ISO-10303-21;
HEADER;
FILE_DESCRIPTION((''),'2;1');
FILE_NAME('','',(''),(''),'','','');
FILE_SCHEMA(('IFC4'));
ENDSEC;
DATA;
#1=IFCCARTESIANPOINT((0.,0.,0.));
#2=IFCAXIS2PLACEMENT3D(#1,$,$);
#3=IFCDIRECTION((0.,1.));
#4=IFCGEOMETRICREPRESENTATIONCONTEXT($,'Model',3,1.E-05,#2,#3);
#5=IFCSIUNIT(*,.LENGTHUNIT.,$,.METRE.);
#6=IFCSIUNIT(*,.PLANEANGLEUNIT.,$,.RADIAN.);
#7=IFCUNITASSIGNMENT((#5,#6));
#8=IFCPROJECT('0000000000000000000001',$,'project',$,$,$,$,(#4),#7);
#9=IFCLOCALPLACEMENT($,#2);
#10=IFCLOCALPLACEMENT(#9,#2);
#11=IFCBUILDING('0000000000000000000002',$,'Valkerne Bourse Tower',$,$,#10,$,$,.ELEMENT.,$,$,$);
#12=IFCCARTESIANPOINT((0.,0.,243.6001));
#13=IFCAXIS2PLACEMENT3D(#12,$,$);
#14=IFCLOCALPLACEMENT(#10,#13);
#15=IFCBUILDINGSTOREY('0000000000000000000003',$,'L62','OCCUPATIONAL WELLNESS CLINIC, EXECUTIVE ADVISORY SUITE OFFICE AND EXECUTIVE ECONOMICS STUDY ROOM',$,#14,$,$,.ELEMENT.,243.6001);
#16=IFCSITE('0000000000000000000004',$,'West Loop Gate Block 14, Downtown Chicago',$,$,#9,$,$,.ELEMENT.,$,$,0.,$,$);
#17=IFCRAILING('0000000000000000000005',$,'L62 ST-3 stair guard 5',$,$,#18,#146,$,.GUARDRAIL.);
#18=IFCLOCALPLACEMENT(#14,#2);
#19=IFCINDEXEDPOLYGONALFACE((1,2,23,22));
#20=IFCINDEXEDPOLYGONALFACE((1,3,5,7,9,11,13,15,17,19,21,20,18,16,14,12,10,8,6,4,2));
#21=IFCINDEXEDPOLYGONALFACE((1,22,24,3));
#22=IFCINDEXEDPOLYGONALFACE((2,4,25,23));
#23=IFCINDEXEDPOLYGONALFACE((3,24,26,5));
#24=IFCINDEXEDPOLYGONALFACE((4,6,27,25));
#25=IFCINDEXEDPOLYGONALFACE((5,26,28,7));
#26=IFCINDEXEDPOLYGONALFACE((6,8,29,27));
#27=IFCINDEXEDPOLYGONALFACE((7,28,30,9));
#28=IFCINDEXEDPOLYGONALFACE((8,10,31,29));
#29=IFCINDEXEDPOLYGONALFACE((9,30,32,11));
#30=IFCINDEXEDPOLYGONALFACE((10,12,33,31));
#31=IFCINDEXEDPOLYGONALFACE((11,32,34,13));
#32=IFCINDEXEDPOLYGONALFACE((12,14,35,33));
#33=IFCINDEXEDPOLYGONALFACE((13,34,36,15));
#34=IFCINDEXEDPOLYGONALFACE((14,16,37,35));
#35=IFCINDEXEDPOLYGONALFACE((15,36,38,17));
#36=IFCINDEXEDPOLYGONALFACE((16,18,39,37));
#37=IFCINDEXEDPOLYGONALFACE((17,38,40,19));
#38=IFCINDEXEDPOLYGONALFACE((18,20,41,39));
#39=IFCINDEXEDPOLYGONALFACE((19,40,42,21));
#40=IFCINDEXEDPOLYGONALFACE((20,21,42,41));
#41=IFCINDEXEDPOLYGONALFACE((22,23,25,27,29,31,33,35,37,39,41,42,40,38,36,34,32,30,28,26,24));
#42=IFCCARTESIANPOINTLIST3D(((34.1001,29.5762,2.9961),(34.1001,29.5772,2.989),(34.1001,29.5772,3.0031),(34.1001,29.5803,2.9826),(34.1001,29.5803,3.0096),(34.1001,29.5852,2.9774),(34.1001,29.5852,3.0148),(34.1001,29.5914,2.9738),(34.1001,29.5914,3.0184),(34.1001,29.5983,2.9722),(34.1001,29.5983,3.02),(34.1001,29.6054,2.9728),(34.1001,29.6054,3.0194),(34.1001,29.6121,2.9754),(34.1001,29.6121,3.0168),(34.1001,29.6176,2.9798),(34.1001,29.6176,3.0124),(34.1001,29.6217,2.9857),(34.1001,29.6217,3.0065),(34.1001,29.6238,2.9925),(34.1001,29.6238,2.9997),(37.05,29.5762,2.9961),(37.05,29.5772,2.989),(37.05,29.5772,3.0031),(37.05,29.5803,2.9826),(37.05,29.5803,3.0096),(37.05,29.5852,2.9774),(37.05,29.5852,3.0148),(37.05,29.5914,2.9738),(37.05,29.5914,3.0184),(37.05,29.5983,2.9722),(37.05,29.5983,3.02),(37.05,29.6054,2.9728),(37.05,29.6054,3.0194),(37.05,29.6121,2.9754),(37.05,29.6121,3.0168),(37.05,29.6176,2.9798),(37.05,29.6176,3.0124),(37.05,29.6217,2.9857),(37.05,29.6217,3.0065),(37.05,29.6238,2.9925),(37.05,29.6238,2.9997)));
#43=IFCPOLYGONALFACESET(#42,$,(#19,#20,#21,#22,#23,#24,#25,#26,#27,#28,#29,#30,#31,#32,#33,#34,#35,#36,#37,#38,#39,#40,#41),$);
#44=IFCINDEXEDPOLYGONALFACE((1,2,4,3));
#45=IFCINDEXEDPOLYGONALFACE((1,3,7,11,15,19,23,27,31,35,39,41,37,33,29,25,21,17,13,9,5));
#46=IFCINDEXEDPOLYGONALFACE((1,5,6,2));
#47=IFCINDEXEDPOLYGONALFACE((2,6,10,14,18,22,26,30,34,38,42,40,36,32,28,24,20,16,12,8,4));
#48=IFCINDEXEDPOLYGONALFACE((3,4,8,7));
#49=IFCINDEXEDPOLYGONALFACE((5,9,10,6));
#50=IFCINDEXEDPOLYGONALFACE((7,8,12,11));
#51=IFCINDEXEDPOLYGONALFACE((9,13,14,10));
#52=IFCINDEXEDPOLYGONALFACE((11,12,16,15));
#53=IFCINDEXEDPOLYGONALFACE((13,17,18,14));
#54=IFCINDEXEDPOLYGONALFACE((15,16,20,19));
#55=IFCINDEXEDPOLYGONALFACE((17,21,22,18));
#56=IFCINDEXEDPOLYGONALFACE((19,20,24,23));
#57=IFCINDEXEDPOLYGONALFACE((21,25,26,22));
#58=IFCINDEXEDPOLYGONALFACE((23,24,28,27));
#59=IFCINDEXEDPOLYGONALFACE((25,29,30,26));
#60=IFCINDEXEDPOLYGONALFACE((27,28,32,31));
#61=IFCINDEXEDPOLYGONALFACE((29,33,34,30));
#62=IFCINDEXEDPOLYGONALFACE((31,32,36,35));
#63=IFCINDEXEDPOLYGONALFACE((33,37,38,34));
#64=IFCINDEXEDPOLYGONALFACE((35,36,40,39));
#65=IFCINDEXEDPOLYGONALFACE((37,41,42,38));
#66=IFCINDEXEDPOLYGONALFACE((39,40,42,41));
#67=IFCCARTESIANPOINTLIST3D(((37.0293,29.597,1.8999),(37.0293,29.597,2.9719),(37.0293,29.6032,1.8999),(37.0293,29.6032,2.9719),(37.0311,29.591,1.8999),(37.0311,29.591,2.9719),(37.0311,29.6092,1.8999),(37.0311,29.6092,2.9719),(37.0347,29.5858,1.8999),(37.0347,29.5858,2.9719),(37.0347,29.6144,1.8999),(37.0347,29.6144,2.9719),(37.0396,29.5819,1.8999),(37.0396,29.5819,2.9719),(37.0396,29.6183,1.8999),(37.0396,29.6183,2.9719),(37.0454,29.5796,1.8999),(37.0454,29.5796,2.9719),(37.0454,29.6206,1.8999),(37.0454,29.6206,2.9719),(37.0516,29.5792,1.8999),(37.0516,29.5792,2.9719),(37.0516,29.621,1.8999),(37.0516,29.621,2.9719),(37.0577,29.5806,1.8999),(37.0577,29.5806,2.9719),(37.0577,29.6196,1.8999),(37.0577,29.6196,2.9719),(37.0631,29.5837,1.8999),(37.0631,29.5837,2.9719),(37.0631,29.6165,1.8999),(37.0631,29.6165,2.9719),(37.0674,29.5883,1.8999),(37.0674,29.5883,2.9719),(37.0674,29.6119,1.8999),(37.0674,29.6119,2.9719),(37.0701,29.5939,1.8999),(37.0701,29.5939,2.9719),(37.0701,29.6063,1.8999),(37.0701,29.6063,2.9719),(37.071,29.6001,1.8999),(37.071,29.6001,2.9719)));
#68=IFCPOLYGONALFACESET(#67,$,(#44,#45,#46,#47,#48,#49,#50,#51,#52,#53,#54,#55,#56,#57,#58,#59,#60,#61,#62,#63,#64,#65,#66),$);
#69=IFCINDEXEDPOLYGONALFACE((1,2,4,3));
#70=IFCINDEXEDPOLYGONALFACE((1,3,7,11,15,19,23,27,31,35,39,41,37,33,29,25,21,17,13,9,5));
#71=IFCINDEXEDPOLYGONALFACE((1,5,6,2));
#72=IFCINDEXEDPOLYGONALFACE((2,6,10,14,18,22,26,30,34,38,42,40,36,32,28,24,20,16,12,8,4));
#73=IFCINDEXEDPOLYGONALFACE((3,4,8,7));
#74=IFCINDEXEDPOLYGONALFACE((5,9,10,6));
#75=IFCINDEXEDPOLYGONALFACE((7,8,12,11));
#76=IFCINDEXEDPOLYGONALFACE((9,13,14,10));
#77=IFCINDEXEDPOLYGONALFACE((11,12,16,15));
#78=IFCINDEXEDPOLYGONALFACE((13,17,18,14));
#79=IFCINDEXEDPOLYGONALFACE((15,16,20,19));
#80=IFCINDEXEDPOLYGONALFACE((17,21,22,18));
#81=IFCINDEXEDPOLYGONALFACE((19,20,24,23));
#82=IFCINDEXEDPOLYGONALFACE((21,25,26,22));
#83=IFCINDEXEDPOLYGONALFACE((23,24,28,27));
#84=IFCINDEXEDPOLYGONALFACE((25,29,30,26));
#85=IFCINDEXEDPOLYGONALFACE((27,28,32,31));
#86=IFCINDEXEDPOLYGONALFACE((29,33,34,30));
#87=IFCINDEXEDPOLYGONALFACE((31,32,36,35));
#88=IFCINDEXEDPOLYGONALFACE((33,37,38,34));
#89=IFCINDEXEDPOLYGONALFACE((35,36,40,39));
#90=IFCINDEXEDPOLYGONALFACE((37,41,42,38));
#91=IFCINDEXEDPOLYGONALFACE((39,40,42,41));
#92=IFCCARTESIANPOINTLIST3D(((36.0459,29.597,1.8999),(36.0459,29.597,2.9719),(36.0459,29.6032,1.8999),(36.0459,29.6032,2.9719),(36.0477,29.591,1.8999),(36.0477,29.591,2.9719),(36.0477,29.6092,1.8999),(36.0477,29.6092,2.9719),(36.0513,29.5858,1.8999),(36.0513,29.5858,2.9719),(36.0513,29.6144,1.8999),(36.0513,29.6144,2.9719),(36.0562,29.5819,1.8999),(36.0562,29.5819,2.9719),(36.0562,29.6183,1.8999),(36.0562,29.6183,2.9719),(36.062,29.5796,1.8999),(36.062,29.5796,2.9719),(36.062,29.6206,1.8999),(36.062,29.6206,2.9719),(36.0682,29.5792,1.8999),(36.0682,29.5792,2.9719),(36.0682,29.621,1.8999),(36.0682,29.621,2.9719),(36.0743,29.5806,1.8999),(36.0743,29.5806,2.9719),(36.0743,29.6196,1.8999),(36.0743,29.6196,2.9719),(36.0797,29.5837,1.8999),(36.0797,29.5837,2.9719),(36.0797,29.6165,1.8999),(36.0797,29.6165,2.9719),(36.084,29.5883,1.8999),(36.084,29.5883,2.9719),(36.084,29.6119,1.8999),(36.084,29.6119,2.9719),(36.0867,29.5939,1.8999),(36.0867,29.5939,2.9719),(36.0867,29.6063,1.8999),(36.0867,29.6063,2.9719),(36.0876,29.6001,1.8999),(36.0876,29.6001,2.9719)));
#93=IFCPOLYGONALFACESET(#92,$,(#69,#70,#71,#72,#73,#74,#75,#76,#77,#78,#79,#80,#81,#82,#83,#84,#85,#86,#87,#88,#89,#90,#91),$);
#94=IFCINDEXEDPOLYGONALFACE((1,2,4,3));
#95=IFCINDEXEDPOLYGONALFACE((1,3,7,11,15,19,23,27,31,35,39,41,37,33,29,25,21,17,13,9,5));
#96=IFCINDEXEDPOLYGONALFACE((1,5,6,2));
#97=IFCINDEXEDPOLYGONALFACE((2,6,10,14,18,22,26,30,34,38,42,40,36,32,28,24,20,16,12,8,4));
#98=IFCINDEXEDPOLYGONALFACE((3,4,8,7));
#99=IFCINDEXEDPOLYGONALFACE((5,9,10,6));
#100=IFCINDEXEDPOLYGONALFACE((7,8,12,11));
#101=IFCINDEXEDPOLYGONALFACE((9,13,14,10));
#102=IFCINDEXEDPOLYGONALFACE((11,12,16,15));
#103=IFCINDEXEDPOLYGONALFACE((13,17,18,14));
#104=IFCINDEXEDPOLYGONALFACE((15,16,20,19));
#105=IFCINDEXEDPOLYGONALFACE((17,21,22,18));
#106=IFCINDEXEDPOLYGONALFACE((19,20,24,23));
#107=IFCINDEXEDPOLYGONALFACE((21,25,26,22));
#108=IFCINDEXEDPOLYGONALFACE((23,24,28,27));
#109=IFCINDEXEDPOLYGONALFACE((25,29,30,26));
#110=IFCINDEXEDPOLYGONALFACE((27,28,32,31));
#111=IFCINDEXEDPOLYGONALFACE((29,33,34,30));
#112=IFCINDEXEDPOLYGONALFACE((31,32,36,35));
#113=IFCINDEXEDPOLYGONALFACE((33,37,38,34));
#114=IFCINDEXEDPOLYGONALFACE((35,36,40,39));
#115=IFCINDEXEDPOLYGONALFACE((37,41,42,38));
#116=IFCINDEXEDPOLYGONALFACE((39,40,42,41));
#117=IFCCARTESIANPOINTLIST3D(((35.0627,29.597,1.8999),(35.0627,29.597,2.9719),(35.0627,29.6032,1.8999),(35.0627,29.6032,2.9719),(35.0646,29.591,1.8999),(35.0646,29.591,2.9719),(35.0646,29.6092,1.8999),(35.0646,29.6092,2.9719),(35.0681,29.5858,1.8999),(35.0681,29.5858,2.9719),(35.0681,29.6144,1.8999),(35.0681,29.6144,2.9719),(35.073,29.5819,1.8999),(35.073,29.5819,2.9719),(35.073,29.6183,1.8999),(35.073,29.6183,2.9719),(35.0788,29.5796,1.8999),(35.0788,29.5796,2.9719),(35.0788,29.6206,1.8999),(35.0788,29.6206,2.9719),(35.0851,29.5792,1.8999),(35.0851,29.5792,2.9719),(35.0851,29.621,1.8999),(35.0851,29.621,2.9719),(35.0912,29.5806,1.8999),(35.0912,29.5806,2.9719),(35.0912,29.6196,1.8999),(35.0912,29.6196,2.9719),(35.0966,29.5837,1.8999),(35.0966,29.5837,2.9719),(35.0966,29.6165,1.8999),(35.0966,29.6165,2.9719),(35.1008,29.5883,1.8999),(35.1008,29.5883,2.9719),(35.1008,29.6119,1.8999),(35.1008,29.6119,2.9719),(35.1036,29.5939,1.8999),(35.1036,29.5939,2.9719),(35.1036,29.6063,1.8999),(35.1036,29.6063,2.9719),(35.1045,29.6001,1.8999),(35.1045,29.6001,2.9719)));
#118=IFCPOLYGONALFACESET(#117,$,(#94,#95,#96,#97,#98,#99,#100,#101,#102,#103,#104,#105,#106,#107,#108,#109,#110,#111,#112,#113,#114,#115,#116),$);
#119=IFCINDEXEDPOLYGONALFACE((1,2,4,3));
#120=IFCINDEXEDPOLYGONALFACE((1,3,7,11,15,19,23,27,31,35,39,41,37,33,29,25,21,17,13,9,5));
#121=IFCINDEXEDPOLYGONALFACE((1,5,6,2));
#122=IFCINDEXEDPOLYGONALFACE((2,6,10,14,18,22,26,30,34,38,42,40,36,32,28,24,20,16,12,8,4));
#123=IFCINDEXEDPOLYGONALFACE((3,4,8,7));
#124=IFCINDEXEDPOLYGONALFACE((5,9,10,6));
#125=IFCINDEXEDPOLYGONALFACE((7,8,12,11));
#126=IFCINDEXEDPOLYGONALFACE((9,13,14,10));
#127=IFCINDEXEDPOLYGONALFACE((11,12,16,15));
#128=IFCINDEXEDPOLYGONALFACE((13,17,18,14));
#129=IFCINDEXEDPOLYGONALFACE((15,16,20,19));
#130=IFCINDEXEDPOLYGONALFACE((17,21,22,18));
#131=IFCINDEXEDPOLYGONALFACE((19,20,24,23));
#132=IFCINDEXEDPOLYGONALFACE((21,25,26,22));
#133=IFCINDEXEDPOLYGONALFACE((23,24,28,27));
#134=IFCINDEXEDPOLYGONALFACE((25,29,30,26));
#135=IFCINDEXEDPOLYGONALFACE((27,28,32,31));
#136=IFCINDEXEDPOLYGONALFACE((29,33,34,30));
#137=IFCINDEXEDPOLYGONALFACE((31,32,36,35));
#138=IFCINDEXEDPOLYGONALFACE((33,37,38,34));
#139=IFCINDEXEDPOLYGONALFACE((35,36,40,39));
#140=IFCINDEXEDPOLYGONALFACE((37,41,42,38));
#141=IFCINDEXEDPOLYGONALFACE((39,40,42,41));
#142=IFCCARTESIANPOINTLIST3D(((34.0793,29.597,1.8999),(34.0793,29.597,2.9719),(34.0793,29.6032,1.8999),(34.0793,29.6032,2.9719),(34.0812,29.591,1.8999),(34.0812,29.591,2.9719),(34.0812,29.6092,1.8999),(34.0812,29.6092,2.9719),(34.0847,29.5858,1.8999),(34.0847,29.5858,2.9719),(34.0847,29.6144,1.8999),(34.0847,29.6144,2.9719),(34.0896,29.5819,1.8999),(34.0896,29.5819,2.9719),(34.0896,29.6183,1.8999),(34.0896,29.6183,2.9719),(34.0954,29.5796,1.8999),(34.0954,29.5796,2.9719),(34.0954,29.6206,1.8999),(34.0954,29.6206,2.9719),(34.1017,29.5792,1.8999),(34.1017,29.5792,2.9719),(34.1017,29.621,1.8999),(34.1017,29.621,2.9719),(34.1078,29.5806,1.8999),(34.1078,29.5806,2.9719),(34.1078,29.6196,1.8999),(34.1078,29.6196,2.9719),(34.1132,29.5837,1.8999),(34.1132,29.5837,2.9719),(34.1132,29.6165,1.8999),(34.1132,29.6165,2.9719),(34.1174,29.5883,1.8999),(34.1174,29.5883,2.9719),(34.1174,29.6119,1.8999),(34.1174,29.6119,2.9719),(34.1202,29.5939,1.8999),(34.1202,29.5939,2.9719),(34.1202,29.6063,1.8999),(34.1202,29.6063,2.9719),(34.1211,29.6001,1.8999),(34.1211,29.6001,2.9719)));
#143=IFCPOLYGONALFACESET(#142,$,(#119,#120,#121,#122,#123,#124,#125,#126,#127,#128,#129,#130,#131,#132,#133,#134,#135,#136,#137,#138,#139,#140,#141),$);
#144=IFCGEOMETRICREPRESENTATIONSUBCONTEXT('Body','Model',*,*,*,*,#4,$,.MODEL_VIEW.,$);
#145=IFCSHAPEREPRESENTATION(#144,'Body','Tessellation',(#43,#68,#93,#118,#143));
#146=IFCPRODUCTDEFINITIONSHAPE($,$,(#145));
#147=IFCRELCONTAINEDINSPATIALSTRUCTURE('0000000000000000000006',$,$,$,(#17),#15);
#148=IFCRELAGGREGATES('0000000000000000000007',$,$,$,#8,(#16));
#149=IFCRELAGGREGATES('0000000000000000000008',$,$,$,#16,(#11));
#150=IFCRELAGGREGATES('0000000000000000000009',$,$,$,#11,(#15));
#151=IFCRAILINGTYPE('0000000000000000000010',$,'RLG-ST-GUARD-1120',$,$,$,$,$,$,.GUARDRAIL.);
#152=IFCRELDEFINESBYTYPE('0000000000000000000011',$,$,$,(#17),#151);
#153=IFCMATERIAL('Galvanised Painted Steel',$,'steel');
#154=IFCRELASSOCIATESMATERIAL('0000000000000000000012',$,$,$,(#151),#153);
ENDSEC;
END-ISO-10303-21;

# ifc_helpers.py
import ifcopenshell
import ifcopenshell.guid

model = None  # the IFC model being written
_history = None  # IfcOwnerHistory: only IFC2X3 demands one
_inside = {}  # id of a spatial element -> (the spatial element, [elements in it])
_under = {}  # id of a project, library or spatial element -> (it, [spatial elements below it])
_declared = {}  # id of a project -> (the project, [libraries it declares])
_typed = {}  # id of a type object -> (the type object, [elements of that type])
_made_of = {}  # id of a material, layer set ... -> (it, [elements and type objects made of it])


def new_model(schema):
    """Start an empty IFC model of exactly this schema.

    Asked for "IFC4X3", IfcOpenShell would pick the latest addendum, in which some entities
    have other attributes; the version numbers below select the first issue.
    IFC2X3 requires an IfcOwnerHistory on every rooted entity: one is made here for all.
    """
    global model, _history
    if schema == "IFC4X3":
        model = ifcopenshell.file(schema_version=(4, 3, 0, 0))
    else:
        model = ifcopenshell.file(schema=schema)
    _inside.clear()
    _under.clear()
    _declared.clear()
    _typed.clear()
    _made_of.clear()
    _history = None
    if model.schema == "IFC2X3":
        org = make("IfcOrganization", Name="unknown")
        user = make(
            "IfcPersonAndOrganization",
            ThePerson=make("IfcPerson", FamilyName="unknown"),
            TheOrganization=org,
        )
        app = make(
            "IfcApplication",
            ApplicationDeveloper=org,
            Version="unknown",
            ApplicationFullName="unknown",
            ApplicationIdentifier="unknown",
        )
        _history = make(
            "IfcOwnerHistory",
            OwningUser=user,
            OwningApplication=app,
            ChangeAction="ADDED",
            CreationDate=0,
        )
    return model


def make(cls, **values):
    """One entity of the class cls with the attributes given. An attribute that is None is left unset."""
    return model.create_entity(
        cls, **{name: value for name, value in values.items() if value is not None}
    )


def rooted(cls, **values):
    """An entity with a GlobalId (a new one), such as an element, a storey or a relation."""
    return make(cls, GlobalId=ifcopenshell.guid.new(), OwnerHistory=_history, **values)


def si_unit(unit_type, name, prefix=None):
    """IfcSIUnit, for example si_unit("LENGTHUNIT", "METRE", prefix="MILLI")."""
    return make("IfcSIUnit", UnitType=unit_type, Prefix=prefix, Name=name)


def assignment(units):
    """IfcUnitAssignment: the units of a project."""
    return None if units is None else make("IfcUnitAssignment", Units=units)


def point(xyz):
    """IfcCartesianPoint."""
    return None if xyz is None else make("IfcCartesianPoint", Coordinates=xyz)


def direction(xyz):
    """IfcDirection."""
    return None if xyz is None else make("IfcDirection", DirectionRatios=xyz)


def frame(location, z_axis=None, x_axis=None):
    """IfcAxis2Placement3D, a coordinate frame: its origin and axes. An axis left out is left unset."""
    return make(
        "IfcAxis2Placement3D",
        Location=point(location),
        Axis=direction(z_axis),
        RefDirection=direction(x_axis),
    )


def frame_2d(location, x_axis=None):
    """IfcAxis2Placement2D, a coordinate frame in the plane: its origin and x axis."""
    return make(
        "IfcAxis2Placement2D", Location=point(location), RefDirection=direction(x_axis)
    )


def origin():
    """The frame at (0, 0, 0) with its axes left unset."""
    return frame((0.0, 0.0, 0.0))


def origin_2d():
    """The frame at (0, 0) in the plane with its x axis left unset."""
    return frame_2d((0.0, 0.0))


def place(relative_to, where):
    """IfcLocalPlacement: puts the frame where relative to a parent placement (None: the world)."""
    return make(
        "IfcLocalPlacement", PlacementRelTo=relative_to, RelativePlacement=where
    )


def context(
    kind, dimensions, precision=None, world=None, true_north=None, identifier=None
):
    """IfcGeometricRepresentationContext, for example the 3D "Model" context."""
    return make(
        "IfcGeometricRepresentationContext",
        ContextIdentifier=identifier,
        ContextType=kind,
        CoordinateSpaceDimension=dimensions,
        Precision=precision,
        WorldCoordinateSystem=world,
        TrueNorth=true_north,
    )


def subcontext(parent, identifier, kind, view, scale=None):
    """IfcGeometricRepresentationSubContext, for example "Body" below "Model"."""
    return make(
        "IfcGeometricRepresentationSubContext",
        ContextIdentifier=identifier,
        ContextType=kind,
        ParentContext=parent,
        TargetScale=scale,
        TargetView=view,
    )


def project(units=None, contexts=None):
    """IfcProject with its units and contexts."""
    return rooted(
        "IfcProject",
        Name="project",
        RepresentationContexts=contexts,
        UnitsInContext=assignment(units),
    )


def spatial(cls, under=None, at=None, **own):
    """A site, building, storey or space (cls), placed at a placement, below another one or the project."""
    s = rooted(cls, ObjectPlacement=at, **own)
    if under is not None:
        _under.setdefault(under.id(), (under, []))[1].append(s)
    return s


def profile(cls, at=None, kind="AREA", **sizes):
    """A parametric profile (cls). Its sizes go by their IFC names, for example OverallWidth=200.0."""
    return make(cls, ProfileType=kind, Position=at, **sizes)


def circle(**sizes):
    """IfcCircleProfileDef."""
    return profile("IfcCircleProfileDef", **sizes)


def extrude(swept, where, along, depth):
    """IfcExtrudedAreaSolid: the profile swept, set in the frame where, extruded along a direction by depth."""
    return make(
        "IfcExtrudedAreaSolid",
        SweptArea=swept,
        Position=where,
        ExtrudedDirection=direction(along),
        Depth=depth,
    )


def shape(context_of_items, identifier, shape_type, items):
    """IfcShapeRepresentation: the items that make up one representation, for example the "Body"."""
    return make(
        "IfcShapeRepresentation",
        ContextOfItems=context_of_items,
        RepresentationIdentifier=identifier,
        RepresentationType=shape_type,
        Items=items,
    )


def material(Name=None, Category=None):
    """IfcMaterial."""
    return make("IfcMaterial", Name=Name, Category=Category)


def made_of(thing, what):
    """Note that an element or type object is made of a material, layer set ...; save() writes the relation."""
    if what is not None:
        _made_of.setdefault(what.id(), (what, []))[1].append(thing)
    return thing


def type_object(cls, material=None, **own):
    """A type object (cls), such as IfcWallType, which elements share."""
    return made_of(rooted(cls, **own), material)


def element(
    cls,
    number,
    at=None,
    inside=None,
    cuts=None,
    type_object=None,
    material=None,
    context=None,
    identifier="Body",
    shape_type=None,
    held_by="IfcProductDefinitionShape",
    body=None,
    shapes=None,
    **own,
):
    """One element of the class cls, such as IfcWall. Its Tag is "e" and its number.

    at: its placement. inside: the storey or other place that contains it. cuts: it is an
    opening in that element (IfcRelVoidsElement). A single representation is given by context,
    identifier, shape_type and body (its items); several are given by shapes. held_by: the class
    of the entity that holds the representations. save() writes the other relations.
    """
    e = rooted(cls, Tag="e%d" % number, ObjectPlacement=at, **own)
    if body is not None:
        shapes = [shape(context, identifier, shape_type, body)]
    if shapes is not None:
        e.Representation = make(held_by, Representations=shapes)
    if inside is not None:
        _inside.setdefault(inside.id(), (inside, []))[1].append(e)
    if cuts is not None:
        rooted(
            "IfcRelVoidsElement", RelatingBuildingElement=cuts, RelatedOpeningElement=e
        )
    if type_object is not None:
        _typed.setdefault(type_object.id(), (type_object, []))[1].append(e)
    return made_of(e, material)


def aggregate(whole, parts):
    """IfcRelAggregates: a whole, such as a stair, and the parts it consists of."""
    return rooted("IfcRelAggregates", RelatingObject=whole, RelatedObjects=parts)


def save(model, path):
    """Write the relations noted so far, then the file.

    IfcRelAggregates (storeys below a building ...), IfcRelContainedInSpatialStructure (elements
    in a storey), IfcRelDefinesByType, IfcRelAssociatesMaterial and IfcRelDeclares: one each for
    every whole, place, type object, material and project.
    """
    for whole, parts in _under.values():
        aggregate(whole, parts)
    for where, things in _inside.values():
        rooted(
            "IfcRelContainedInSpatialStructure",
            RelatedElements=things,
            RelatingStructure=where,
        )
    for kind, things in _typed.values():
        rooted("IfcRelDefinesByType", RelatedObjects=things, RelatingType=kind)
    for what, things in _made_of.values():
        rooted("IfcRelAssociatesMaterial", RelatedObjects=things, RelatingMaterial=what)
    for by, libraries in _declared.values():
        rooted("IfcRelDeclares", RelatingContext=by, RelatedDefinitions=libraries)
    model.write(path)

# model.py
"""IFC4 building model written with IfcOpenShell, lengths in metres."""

from ifc_helpers import new_model, si_unit, direction, frame, origin, origin_2d, place, context, subcontext, project, spatial, circle, extrude, material, type_object, element, save


model = new_model("IFC4")

# Units and contexts
model_context = context("Model", 3, precision=1e-05, world=origin(), true_north=direction((0.0, 1.0)))
body_context = subcontext(model_context, "Body", "Model", "MODEL_VIEW")
ifc_project = project(units=[si_unit("LENGTHUNIT", "METRE"), si_unit("PLANEANGLEUNIT", "RADIAN")], contexts=[model_context])

# Site, building, storey
site_placement = place(None, origin())
site = spatial("IfcSite", under=ifc_project, at=site_placement, Name="West Loop Gate Block 14, Downtown Chicago", CompositionType="ELEMENT", RefElevation=0.0)
building_placement = place(site_placement, origin())
building = spatial("IfcBuilding", under=site, at=building_placement, Name="Valkerne Bourse Tower", CompositionType="ELEMENT")
storey_placement = place(building_placement, frame((0.0, 0.0, 243.6001)))
storey = spatial("IfcBuildingStorey", under=building, at=storey_placement, Name="L62", Description="OCCUPATIONAL WELLNESS CLINIC, EXECUTIVE ADVISORY SUITE OFFICE AND EXECUTIVE ECONOMICS STUDY ROOM", CompositionType="ELEMENT", Elevation=243.6001)

# Shared definitions
ifc_material_1 = material(Name="Galvanised Painted Steel", Category="steel")

# Railing
railing_type = type_object("IfcRailingType", Name="RLG-ST-GUARD-1120", PredefinedType="GUARDRAIL", material=ifc_material_1)
railing_1_placement = place(storey_placement, frame((37.05, 29.6001, 1.8999)))
element("IfcRailing", 1, at=railing_1_placement, inside=storey, type_object=railing_type, Name="L62 ST-3 stair guard 5", PredefinedType="GUARDRAIL", context=body_context, shape_type="SweptSolid", body=[
    extrude(circle(Radius=0.0239, at=origin_2d()), frame((0.0, 0.0, 1.0962), z_axis=(-1.0, 0.0, 0.0), x_axis=(0.0, -1.0, 0.0)), (0.0, 0.0, 1.0), 2.95),
    extrude(circle(Radius=0.021, at=origin_2d()), origin(), (0.0, 0.0, 1.0), 1.072),
    extrude(circle(Radius=0.021, at=origin_2d()), frame((-0.9834, 0.0, 0.0)), (0.0, 0.0, 1.0), 1.072),
    extrude(circle(Radius=0.021, at=origin_2d()), frame((-1.9666, 0.0, 0.0)), (0.0, 0.0, 1.0), 1.072),
    extrude(circle(Radius=0.021, at=origin_2d()), frame((-2.95, 0.0, 0.0)), (0.0, 0.0, 1.0), 1.072),
])

save(model, "model.ifc")
